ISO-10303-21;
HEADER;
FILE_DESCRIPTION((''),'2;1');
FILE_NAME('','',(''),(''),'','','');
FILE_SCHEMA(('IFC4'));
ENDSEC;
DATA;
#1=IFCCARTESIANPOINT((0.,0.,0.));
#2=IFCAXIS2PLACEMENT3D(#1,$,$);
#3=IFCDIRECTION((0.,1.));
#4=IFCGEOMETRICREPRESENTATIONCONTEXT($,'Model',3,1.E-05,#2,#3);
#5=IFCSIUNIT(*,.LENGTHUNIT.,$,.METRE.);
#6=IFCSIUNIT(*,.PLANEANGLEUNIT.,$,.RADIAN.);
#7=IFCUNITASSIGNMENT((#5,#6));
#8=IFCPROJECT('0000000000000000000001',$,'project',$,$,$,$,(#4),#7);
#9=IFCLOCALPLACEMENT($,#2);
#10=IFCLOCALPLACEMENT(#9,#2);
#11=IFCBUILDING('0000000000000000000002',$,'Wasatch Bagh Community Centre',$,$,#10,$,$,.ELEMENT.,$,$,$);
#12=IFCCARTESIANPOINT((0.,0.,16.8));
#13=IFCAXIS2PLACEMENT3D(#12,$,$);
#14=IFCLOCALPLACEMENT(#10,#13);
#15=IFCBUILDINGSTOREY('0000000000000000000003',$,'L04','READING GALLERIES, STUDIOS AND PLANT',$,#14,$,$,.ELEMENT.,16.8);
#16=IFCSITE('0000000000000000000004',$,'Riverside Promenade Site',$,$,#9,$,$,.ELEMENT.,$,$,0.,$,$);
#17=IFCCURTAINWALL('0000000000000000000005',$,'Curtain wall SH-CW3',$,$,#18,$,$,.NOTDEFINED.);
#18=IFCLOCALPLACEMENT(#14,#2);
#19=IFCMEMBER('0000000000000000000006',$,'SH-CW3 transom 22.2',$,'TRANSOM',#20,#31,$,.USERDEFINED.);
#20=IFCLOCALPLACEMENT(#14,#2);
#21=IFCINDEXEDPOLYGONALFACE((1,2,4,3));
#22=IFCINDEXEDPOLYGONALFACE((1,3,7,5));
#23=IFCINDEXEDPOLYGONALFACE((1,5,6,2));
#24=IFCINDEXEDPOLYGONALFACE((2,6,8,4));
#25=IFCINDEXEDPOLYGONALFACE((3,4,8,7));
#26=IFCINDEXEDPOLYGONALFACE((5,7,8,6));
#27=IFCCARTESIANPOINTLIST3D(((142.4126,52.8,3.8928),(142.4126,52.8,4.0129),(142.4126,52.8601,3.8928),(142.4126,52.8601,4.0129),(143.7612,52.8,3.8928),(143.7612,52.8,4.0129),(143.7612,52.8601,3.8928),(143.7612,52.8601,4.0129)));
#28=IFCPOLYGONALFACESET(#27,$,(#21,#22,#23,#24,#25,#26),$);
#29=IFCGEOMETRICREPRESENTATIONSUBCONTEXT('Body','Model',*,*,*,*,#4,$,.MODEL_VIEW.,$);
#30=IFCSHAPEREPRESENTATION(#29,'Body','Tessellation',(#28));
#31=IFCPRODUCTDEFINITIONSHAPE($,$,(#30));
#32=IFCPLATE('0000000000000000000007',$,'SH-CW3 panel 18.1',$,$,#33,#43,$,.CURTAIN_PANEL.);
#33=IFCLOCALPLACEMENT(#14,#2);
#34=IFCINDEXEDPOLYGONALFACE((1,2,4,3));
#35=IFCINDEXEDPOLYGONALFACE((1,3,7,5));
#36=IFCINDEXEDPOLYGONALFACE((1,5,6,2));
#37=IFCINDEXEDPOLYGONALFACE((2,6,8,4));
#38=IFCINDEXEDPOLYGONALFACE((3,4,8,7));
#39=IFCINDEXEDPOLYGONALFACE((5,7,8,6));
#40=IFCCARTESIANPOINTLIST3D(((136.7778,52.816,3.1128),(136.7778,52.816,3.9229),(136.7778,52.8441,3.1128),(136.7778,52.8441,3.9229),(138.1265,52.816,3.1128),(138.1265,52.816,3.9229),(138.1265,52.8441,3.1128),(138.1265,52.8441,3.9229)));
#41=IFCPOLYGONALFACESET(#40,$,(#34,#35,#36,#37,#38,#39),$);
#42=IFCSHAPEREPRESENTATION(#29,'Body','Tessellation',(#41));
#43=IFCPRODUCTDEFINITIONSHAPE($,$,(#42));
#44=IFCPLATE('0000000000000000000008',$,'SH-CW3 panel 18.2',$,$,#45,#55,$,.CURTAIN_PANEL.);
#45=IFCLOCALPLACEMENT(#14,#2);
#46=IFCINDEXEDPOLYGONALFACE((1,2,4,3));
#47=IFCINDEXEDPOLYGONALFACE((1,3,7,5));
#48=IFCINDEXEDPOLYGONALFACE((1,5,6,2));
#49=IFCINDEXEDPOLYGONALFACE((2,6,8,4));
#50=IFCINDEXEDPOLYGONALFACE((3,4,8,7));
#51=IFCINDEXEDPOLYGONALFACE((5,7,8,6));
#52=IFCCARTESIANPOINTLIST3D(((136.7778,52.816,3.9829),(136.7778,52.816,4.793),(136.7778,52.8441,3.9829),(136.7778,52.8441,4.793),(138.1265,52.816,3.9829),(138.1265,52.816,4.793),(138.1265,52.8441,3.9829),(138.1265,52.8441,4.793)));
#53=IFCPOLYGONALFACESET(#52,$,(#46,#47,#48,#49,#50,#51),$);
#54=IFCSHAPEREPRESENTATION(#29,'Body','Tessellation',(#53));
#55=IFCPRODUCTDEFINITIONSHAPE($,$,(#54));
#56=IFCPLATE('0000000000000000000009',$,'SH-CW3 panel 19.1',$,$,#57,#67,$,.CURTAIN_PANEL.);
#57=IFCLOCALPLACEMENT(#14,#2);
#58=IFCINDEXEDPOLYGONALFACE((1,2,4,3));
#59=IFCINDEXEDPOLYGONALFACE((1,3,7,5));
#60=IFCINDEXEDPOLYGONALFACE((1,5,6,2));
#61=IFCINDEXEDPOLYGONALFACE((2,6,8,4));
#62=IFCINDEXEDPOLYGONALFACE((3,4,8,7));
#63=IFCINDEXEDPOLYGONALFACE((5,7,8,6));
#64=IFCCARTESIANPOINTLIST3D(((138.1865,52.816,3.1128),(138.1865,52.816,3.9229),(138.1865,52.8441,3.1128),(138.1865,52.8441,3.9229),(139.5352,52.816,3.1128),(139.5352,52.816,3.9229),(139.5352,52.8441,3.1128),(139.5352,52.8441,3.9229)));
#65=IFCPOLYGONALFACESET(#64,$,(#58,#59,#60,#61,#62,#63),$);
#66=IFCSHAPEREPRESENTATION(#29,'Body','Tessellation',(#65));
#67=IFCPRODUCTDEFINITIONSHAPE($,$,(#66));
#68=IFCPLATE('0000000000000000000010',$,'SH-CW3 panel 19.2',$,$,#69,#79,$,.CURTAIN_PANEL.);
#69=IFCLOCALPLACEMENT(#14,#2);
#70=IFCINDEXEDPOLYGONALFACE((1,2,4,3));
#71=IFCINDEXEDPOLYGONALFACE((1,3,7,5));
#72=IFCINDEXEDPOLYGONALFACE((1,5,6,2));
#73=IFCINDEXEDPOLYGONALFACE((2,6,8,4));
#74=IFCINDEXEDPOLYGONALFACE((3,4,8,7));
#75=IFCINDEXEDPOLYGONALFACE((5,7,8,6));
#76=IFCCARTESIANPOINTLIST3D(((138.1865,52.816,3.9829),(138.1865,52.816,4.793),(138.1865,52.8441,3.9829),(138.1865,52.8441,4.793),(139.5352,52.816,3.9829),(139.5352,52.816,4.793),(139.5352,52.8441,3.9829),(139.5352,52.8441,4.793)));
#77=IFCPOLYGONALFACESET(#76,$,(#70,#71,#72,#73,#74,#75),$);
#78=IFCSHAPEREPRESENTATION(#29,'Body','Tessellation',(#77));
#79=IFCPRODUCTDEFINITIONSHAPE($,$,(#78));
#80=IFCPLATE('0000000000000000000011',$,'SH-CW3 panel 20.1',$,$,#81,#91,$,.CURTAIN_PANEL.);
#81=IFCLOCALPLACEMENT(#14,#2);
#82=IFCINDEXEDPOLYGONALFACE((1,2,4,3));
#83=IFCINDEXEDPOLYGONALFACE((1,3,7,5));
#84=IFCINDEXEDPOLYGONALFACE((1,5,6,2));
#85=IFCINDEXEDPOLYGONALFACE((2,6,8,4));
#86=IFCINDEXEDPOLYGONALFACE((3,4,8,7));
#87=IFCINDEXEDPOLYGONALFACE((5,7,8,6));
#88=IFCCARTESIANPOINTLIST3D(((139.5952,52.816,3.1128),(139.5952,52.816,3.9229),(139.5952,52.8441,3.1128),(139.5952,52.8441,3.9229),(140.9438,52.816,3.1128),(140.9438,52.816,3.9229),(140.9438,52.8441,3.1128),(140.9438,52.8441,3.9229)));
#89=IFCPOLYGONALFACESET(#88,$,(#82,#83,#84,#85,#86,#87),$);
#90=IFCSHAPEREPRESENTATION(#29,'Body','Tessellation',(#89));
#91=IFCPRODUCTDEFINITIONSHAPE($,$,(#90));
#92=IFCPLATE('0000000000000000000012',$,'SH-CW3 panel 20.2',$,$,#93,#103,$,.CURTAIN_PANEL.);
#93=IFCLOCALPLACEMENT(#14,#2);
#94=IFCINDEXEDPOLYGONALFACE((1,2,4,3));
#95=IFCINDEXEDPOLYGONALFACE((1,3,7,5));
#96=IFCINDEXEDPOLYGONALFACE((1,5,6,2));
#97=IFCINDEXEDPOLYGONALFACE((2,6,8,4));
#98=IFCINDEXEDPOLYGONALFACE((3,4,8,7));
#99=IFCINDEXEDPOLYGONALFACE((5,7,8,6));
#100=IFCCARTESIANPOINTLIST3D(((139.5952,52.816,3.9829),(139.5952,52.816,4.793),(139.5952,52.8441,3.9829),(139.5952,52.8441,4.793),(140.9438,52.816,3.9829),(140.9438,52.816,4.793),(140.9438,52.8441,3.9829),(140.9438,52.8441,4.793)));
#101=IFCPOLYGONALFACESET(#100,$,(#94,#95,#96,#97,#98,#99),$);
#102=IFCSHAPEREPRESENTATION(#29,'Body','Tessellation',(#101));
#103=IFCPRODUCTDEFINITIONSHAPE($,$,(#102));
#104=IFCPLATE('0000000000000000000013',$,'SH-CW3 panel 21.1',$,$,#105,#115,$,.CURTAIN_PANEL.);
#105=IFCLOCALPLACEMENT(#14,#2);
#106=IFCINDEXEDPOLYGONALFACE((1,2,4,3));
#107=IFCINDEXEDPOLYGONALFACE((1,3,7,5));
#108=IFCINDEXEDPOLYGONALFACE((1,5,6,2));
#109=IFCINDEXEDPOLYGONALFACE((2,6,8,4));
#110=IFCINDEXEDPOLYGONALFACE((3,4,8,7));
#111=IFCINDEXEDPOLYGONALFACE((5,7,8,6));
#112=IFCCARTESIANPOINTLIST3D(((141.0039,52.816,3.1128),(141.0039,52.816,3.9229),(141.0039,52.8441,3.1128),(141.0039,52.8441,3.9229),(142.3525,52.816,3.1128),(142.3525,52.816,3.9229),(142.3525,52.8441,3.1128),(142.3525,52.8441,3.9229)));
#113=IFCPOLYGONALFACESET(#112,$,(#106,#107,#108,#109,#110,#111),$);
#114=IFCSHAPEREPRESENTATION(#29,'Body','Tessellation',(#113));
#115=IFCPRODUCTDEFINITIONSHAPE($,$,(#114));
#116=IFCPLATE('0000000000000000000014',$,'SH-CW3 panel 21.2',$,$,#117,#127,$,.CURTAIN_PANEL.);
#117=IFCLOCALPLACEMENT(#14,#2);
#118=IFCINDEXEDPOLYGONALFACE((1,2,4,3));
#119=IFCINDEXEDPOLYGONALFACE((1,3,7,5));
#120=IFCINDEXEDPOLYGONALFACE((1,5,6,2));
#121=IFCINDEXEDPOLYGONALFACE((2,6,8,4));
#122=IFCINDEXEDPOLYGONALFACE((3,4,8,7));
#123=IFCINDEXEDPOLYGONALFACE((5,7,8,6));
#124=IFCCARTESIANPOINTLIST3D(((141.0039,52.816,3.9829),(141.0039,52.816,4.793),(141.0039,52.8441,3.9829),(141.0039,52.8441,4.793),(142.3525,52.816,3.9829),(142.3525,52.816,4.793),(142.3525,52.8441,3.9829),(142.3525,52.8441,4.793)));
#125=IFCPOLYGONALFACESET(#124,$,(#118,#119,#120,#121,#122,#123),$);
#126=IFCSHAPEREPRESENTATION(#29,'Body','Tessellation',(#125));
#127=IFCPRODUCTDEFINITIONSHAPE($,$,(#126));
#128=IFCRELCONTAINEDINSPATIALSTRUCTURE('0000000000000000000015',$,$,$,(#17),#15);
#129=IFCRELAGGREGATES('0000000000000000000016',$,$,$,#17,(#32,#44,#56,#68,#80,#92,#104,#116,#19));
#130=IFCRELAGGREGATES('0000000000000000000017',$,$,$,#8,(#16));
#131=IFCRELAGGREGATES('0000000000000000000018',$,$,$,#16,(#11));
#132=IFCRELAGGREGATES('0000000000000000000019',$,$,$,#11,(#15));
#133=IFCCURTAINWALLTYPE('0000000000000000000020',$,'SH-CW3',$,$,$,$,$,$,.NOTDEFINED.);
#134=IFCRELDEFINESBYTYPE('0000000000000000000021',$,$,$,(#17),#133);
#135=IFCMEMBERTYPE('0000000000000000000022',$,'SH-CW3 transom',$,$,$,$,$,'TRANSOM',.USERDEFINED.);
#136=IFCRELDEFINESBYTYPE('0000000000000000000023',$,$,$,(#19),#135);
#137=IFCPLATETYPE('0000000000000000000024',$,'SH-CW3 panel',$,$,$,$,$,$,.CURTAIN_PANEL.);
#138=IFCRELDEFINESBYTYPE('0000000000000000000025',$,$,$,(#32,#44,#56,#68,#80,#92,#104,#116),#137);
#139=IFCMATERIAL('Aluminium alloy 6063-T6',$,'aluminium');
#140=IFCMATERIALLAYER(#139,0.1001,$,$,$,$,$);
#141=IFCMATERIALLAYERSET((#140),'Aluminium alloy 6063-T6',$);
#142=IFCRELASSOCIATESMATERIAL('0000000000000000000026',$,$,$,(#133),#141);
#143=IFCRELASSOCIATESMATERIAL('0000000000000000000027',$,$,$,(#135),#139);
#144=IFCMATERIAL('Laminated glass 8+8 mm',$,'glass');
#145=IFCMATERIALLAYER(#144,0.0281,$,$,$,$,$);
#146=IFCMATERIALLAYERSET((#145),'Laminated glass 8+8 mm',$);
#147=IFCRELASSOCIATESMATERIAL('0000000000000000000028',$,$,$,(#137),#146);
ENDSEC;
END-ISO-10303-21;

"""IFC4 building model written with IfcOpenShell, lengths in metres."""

from ifc_helpers import new_model, si_unit, direction, frame, origin, origin_2d, place, context, subcontext, project, spatial, rectangle, extrude, material, layer, layer_set, material_profile, profile_set, type_object, element, aggregate, save


model = new_model("IFC4")

# Units and contexts
model_context = context("Model", 3, precision=1e-05, world=origin(), true_north=direction((0.0, 1.0)))
body_context = subcontext(model_context, "Body", "Model", "MODEL_VIEW")
ifc_project = project(units=[si_unit("LENGTHUNIT", "METRE"), si_unit("PLANEANGLEUNIT", "RADIAN")], contexts=[model_context])

# Site, building, storey
site_placement = place(None, origin())
site = spatial("IfcSite", under=ifc_project, at=site_placement, Name="Riverside Promenade Site", CompositionType="ELEMENT", RefElevation=0.0)
building_placement = place(site_placement, origin())
building = spatial("IfcBuilding", under=site, at=building_placement, Name="Wasatch Bagh Community Centre", CompositionType="ELEMENT")
storey_placement = place(building_placement, frame((0.0, 0.0, 16.8)))
storey = spatial("IfcBuildingStorey", under=building, at=storey_placement, Name="L04", Description="READING GALLERIES, STUDIOS AND PLANT", CompositionType="ELEMENT", Elevation=16.8)

# Curtain wall
ifc_material_1 = material(Name="Aluminium alloy 6063-T6", Category="aluminium")
ifc_layer_1 = layer(ifc_material_1, 0.1001)
ifc_layer_set_1 = layer_set([ifc_layer_1], Name="Aluminium alloy 6063-T6")
curtain_wall_type = type_object("IfcCurtainWallType", Name="SH-CW3", PredefinedType="NOTDEFINED", material=ifc_layer_set_1)
curtain_wall_1_placement = place(storey_placement, origin())
curtain_wall_1 = element("IfcCurtainWall", 1, at=curtain_wall_1_placement, inside=storey, type_object=curtain_wall_type, Name="Curtain wall SH-CW3", PredefinedType="NOTDEFINED")

# Shared definitions
ifc_material_profile_1 = material_profile(ifc_material_1, rectangle(XDim=0.0601, YDim=0.1201, at=origin_2d()), Name="AL 60x120")
ifc_profile_set_1 = profile_set([ifc_material_profile_1], Name="Aluminium alloy 6063-T6")
member_type_1 = type_object("IfcMemberType", Name="SH-CW3 transom", ElementType="TRANSOM", PredefinedType="USERDEFINED", material=ifc_profile_set_1)

# Member
member_1_placement = place(storey_placement, frame((142.4126, 52.8301, 3.9529), z_axis=(1.0, 0.0, 0.0), x_axis=(0.0, 1.0, 0.0)))
member_1 = element("IfcMember", 2, at=member_1_placement, type_object=member_type_1, Name="SH-CW3 transom 22.2", ObjectType="TRANSOM", PredefinedType="USERDEFINED", context=body_context, shape_type="SweptSolid", body=[
    extrude(rectangle(XDim=0.0601, YDim=0.1201, at=origin_2d()), origin(), (0.0, 0.0, 1.0), 1.3486),
])

# Plates
ifc_material_2 = material(Name="Laminated glass 8+8 mm", Category="glass")
ifc_layer_2 = layer(ifc_material_2, 0.0281)
ifc_layer_set_2 = layer_set([ifc_layer_2], Name="Laminated glass 8+8 mm")
plate_type = type_object("IfcPlateType", Name="SH-CW3 panel", PredefinedType="CURTAIN_PANEL", material=ifc_layer_set_2)
plate_1_placement = place(storey_placement, frame((137.4521, 52.8301, 3.1128), z_axis=(0.0, 0.0, 1.0), x_axis=(1.0, 0.0, 0.0)))
plate_1 = element("IfcPlate", 3, at=plate_1_placement, type_object=plate_type, Name="SH-CW3 panel 18.1", PredefinedType="CURTAIN_PANEL", context=body_context, shape_type="SweptSolid", body=[
    extrude(rectangle(XDim=1.3486, YDim=0.0281, at=origin_2d()), origin(), (0.0, 0.0, 1.0), 0.8101),
])
plate_2_placement = place(storey_placement, frame((137.4521, 52.8301, 3.9829), z_axis=(0.0, 0.0, 1.0), x_axis=(1.0, 0.0, 0.0)))
plate_2 = element("IfcPlate", 4, at=plate_2_placement, type_object=plate_type, Name="SH-CW3 panel 18.2", PredefinedType="CURTAIN_PANEL", context=body_context, shape_type="SweptSolid", body=[
    extrude(rectangle(XDim=1.3486, YDim=0.0281, at=origin_2d()), origin(), (0.0, 0.0, 1.0), 0.8101),
])
plate_3_placement = place(storey_placement, frame((138.8608, 52.8301, 3.1128), z_axis=(0.0, 0.0, 1.0), x_axis=(1.0, 0.0, 0.0)))
plate_3 = element("IfcPlate", 5, at=plate_3_placement, type_object=plate_type, Name="SH-CW3 panel 19.1", PredefinedType="CURTAIN_PANEL", context=body_context, shape_type="SweptSolid", body=[
    extrude(rectangle(XDim=1.3486, YDim=0.0281, at=origin_2d()), origin(), (0.0, 0.0, 1.0), 0.8101),
])
plate_4_placement = place(storey_placement, frame((138.8608, 52.8301, 3.9829), z_axis=(0.0, 0.0, 1.0), x_axis=(1.0, 0.0, 0.0)))
plate_4 = element("IfcPlate", 6, at=plate_4_placement, type_object=plate_type, Name="SH-CW3 panel 19.2", PredefinedType="CURTAIN_PANEL", context=body_context, shape_type="SweptSolid", body=[
    extrude(rectangle(XDim=1.3486, YDim=0.0281, at=origin_2d()), origin(), (0.0, 0.0, 1.0), 0.8101),
])
plate_5_placement = place(storey_placement, frame((140.2695, 52.8301, 3.1128), z_axis=(0.0, 0.0, 1.0), x_axis=(1.0, 0.0, 0.0)))
plate_5 = element("IfcPlate", 7, at=plate_5_placement, type_object=plate_type, Name="SH-CW3 panel 20.1", PredefinedType="CURTAIN_PANEL", context=body_context, shape_type="SweptSolid", body=[
    extrude(rectangle(XDim=1.3486, YDim=0.0281, at=origin_2d()), origin(), (0.0, 0.0, 1.0), 0.8101),
])
plate_6_placement = place(storey_placement, frame((140.2695, 52.8301, 3.9829), z_axis=(0.0, 0.0, 1.0), x_axis=(1.0, 0.0, 0.0)))
plate_6 = element("IfcPlate", 8, at=plate_6_placement, type_object=plate_type, Name="SH-CW3 panel 20.2", PredefinedType="CURTAIN_PANEL", context=body_context, shape_type="SweptSolid", body=[
    extrude(rectangle(XDim=1.3486, YDim=0.0281, at=origin_2d()), origin(), (0.0, 0.0, 1.0), 0.8101),
])
plate_7_placement = place(storey_placement, frame((141.6782, 52.8301, 3.1128), z_axis=(0.0, 0.0, 1.0), x_axis=(1.0, 0.0, 0.0)))
plate_7 = element("IfcPlate", 9, at=plate_7_placement, type_object=plate_type, Name="SH-CW3 panel 21.1", PredefinedType="CURTAIN_PANEL", context=body_context, shape_type="SweptSolid", body=[
    extrude(rectangle(XDim=1.3486, YDim=0.0281, at=origin_2d()), origin(), (0.0, 0.0, 1.0), 0.8101),
])
plate_8_placement = place(storey_placement, frame((141.6782, 52.8301, 3.9829), z_axis=(0.0, 0.0, 1.0), x_axis=(1.0, 0.0, 0.0)))
plate_8 = element("IfcPlate", 10, at=plate_8_placement, type_object=plate_type, Name="SH-CW3 panel 21.2", PredefinedType="CURTAIN_PANEL", context=body_context, shape_type="SweptSolid", body=[
    extrude(rectangle(XDim=1.3486, YDim=0.0281, at=origin_2d()), origin(), (0.0, 0.0, 1.0), 0.8101),
])
aggregate(curtain_wall_1, [plate_1, plate_2, plate_3, plate_4, plate_5, plate_6, plate_7, plate_8, member_1])

save(model, "model.ifc")
